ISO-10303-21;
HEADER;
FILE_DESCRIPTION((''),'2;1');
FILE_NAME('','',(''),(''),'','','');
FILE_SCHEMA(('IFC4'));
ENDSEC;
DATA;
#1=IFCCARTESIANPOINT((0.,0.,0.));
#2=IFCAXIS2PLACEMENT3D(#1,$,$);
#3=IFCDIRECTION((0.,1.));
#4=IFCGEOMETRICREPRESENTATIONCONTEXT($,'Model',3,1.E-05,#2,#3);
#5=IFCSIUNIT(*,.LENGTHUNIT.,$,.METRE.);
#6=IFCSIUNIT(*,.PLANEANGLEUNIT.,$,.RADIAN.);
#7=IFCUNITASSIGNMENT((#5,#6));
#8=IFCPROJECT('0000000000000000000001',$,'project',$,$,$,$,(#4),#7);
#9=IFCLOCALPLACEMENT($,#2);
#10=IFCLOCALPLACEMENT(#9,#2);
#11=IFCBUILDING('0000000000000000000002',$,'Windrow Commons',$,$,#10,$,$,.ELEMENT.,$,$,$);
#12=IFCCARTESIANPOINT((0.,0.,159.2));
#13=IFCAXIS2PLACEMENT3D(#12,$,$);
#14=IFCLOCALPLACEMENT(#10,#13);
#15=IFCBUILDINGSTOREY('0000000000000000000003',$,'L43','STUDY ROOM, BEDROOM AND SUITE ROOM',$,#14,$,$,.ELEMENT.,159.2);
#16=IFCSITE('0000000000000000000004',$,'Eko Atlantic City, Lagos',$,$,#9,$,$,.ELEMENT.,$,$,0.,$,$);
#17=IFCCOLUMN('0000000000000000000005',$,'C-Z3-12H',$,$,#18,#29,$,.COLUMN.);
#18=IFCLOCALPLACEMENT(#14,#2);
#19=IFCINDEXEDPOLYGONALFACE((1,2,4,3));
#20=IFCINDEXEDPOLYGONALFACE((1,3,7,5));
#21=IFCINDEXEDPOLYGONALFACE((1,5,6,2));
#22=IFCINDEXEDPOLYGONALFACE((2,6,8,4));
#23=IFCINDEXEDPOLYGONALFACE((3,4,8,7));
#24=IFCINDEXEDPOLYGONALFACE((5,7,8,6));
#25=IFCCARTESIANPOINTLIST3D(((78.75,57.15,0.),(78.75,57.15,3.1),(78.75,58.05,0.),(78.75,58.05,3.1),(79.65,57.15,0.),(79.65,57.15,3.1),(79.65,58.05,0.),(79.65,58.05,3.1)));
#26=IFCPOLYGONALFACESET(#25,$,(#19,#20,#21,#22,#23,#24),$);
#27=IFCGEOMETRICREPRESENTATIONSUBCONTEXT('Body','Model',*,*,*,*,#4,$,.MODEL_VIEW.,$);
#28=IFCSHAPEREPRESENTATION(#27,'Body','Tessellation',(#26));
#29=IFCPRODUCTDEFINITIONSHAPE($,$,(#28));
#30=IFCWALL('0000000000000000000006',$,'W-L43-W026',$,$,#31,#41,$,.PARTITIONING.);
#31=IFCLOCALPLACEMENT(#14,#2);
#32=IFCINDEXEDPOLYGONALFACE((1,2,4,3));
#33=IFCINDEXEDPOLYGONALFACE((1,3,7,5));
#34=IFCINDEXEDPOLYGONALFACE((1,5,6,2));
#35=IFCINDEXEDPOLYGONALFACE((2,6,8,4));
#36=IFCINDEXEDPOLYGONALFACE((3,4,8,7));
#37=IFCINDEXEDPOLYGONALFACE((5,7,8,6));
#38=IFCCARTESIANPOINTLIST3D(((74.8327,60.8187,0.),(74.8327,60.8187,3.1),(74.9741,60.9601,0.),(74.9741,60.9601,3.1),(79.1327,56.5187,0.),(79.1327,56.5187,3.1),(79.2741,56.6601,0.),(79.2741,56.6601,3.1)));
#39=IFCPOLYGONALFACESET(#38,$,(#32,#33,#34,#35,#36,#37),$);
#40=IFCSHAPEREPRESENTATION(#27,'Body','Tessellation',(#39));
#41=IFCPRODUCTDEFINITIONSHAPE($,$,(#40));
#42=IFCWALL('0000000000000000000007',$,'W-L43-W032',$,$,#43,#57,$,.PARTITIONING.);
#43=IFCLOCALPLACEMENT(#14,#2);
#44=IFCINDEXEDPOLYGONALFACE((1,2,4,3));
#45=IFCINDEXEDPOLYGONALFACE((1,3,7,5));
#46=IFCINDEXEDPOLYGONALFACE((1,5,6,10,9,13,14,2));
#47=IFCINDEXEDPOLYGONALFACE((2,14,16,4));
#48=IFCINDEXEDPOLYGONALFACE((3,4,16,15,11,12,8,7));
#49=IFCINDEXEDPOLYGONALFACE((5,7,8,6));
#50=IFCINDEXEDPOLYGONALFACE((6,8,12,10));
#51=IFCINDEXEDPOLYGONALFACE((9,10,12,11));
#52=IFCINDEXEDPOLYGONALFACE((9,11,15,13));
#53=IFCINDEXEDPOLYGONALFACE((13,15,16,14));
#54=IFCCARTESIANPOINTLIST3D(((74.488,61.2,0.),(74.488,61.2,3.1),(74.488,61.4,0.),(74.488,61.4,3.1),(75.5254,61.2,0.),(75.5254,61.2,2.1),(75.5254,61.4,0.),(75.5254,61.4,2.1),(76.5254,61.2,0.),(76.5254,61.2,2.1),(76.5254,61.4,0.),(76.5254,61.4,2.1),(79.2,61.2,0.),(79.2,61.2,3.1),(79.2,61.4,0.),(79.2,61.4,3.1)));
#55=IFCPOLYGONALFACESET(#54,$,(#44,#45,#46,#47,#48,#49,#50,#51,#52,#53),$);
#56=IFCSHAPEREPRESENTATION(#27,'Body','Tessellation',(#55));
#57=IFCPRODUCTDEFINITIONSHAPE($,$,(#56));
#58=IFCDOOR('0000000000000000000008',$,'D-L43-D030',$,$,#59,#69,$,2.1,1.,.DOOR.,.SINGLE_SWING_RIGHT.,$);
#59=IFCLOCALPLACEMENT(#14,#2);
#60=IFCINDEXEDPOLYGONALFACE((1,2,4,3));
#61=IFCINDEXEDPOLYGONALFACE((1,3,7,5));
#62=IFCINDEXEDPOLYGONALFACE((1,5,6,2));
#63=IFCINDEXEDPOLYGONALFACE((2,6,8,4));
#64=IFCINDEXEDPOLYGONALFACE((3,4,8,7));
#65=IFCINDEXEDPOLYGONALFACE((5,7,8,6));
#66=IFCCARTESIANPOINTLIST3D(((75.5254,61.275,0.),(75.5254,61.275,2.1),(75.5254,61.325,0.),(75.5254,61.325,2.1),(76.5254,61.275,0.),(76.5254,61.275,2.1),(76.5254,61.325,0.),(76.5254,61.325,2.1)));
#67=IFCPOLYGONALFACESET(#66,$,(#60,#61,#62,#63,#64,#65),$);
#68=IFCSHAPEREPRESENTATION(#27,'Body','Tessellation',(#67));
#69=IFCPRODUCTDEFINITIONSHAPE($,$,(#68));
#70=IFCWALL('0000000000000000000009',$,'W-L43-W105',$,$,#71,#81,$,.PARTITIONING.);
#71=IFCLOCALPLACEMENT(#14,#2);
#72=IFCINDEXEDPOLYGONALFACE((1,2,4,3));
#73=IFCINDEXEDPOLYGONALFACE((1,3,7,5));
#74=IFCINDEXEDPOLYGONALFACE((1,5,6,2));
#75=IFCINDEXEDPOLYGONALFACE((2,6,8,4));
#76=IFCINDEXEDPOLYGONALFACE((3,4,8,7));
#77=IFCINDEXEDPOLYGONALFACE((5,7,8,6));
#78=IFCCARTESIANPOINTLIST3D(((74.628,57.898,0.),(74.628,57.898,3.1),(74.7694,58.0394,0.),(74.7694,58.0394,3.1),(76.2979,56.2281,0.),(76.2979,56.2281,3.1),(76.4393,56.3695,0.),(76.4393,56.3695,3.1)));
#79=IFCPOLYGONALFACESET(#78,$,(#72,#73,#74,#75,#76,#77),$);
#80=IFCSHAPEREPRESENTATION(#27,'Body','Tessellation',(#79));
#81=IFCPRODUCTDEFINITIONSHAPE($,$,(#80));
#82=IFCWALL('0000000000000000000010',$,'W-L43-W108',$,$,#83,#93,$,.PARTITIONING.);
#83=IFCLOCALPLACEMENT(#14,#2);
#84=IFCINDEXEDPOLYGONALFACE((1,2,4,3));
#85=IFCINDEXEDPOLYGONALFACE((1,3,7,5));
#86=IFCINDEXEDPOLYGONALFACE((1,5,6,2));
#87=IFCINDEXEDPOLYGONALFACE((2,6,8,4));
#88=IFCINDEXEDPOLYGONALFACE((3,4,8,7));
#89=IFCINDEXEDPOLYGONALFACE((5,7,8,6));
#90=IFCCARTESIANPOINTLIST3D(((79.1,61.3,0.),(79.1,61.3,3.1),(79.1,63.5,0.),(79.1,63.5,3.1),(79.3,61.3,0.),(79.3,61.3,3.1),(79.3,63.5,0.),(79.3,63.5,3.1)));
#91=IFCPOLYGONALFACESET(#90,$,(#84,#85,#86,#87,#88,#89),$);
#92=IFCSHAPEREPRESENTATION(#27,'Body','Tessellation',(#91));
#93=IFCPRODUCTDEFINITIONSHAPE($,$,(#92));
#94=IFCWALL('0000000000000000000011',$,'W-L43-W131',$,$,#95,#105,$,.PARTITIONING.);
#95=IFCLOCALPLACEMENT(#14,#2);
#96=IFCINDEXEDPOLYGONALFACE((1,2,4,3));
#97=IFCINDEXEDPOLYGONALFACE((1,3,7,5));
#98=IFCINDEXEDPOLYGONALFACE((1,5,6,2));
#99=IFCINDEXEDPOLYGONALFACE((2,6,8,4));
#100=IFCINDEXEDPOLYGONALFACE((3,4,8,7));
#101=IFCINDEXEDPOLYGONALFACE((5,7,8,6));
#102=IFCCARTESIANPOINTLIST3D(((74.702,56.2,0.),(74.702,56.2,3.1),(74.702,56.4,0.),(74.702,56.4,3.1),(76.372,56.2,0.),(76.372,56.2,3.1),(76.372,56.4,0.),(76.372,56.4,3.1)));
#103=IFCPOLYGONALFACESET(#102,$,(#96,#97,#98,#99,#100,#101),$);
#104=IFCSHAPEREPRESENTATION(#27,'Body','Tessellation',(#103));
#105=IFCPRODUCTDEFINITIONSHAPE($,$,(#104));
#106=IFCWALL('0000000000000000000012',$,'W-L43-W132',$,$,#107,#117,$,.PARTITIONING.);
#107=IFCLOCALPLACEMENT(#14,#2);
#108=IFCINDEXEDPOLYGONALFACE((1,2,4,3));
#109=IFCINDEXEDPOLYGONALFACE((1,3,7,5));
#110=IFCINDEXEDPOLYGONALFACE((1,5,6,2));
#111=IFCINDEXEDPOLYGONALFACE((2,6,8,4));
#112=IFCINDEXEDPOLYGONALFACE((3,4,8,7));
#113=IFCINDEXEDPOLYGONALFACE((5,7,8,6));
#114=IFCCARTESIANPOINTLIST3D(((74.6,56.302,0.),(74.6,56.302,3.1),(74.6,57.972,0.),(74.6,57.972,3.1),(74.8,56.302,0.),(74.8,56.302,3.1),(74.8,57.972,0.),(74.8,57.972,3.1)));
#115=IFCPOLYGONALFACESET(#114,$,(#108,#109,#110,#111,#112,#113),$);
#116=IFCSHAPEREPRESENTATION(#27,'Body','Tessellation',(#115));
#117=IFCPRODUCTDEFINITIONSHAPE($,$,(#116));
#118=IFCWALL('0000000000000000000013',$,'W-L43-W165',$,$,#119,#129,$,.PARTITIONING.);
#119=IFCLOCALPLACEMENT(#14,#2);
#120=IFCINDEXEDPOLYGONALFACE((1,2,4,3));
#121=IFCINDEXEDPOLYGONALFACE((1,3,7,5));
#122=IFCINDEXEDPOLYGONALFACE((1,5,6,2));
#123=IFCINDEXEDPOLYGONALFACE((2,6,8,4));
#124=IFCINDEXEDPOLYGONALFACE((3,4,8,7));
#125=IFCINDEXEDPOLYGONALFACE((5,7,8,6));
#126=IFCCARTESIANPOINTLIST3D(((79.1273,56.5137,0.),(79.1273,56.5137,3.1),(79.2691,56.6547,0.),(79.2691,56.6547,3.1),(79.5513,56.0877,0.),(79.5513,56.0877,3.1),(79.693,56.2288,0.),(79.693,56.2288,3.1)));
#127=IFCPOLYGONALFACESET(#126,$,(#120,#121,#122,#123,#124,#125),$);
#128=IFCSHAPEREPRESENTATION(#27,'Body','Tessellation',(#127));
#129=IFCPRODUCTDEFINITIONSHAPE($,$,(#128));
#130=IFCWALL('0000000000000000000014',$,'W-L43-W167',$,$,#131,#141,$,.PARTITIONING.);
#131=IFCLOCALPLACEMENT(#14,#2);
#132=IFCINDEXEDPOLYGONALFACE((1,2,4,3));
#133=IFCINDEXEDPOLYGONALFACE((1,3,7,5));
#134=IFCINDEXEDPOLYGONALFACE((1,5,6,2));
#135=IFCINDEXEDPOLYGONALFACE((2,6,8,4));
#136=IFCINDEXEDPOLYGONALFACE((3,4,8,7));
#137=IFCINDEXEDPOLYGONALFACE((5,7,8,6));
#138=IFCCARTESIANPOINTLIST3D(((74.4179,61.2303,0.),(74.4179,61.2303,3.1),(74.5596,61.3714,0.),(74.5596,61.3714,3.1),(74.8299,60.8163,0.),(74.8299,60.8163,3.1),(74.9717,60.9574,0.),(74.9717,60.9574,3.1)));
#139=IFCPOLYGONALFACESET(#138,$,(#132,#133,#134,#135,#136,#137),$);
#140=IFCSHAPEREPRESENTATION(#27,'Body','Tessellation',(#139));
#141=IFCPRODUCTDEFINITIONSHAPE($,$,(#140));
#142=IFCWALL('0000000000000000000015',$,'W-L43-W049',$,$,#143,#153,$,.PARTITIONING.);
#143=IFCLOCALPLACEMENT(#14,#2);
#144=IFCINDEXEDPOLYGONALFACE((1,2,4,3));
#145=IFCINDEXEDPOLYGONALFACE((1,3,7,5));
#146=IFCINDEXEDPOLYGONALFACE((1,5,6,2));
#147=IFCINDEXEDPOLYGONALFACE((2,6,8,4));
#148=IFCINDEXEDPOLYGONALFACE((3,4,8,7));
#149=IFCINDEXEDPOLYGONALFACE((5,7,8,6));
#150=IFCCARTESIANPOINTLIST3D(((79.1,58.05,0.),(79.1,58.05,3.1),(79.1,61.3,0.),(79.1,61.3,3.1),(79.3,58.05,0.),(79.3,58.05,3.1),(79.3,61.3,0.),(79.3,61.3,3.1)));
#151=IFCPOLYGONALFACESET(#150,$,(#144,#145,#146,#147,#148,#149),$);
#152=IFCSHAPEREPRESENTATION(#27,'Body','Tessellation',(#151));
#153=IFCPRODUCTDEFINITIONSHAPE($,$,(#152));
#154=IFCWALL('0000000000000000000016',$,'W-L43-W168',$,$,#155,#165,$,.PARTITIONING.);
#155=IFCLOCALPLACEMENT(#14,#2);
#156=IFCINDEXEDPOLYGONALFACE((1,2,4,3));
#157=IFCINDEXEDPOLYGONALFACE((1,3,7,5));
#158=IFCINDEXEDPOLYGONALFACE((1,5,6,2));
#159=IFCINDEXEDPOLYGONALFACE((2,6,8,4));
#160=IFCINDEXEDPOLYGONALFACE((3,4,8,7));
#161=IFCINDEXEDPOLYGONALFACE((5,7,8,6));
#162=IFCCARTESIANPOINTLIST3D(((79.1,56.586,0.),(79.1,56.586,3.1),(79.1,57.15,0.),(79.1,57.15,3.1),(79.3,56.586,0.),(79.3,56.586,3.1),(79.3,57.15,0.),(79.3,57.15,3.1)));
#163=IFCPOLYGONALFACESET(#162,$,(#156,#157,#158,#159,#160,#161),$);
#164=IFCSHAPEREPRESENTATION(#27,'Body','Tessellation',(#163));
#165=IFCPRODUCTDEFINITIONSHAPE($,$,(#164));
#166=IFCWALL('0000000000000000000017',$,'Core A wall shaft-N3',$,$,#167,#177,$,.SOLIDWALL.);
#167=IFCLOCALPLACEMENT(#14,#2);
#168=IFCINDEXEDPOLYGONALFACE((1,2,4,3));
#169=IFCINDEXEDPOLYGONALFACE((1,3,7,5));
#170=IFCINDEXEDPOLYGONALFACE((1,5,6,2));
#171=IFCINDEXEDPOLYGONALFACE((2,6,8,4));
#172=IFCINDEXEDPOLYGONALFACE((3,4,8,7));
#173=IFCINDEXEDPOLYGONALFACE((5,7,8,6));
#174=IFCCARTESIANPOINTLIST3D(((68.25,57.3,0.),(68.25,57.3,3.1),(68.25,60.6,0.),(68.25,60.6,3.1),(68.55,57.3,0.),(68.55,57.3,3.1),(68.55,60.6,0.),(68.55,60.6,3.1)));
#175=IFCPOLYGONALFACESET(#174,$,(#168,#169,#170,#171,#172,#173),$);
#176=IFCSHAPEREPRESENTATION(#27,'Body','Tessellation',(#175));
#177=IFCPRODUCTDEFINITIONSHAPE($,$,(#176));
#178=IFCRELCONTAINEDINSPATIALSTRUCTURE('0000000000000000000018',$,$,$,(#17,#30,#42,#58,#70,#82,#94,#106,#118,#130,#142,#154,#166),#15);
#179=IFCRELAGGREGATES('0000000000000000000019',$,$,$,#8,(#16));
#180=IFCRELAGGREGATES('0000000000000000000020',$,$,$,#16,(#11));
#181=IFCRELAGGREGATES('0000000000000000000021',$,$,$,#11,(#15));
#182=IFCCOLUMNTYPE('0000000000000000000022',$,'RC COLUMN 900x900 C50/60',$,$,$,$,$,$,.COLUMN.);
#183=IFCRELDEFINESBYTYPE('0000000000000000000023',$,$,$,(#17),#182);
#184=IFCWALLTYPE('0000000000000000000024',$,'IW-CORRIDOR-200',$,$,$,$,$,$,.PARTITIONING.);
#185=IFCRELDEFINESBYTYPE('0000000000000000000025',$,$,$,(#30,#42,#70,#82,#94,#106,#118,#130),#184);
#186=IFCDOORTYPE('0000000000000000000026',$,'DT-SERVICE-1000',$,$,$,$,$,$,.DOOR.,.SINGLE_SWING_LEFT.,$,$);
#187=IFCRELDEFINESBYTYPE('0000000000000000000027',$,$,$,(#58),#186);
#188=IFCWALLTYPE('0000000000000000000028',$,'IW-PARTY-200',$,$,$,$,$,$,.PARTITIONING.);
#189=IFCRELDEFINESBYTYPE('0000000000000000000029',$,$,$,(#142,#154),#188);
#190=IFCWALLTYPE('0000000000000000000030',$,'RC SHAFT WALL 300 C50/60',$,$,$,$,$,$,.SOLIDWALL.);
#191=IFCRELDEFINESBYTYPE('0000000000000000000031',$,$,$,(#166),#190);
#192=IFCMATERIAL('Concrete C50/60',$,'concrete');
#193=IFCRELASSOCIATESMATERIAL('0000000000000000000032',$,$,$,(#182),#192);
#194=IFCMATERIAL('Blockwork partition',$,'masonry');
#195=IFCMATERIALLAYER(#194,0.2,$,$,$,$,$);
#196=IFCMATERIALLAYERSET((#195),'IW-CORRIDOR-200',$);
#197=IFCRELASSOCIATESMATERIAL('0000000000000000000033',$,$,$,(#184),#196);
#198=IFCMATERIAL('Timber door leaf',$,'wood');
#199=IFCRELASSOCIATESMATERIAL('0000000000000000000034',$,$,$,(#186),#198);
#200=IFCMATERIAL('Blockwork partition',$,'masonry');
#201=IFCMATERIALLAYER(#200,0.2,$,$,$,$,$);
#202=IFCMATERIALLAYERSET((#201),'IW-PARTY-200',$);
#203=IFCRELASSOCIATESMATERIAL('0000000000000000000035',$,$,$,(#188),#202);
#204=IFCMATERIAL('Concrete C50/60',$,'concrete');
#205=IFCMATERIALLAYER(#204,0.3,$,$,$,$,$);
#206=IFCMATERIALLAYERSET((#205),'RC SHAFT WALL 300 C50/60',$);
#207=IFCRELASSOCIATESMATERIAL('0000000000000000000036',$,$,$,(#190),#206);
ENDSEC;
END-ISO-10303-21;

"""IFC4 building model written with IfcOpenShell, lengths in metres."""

from ifc_helpers import new_model, si_unit, direction, frame, frame_2d, origin, origin_2d, place, context, subcontext, project, spatial, rectangle, extrude, material, layer, layer_set, material_profile, profile_set, type_object, element, fill, save


model = new_model("IFC4")

# Units and contexts
model_context = context("Model", 3, precision=1e-05, world=origin(), true_north=direction((0.0, 1.0)))
body_context = subcontext(model_context, "Body", "Model", "MODEL_VIEW")
ifc_project = project(units=[si_unit("LENGTHUNIT", "METRE"), si_unit("PLANEANGLEUNIT", "RADIAN")], contexts=[model_context])

# Site, building, storey
site_placement = place(None, origin())
site = spatial("IfcSite", under=ifc_project, at=site_placement, Name="Eko Atlantic City, Lagos", CompositionType="ELEMENT", RefElevation=0.0)
building_placement = place(site_placement, origin())
building = spatial("IfcBuilding", under=site, at=building_placement, Name="Windrow Commons", CompositionType="ELEMENT")
storey_placement = place(building_placement, frame((0.0, 0.0, 159.2)))
storey = spatial("IfcBuildingStorey", under=building, at=storey_placement, Name="L43", Description="STUDY ROOM, BEDROOM AND SUITE ROOM", CompositionType="ELEMENT", Elevation=159.2)

# Column
ifc_material_1 = material(Name="Concrete C50/60", Category="concrete")
ifc_material_profile = material_profile(ifc_material_1, rectangle(XDim=0.9, YDim=0.9, at=origin_2d()))
ifc_profile_set = profile_set([ifc_material_profile], Name="Concrete C50/60")
column_type = type_object("IfcColumnType", Name="RC COLUMN 900x900 C50/60", PredefinedType="COLUMN", material=ifc_profile_set)
column_placement = place(storey_placement, frame((79.2, 57.6, 0.0), z_axis=(0.0, 0.0, 1.0), x_axis=(1.0, 0.0, 0.0)))
element("IfcColumn", 1, at=column_placement, inside=storey, type_object=column_type, Name="C-Z3-12H", PredefinedType="COLUMN", context=body_context, shape_type="SweptSolid", body=[
    extrude(rectangle(XDim=0.9, YDim=0.9, at=origin_2d()), origin(), (0.0, 0.0, 1.0), 3.1),
])

# Wall
ifc_material_2 = material(Name="Blockwork partition", Category="masonry")
ifc_layer_1 = layer(ifc_material_2, 0.2)
ifc_layer_set_1 = layer_set([ifc_layer_1], Name="IW-CORRIDOR-200")
wall_type_1 = type_object("IfcWallType", Name="IW-CORRIDOR-200", PredefinedType="PARTITIONING", material=ifc_layer_set_1)
wall_1_placement = place(storey_placement, frame((74.9034, 60.8894, 0.0), z_axis=(0.0, 0.0, 1.0), x_axis=(0.707107, -0.707107, 0.0)))
element("IfcWall", 2, at=wall_1_placement, inside=storey, type_object=wall_type_1, Name="W-L43-W026", PredefinedType="PARTITIONING", context=body_context, shape_type="SweptSolid", body=[
    extrude(rectangle(XDim=6.0811, YDim=0.2, at=frame_2d((3.0406, 0.0))), origin(), (0.0, 0.0, 1.0), 3.1),
])

# Wall, opening, door
wall_2_placement = place(storey_placement, frame((74.488, 61.3, 0.0), z_axis=(0.0, 0.0, 1.0), x_axis=(1.0, 0.0, 0.0)))
wall_2 = element("IfcWall", 3, at=wall_2_placement, inside=storey, type_object=wall_type_1, Name="W-L43-W032", PredefinedType="PARTITIONING", context=body_context, shape_type="SweptSolid", body=[
    extrude(rectangle(XDim=4.712, YDim=0.2, at=frame_2d((2.356, 0.0))), origin(), (0.0, 0.0, 1.0), 3.1),
])
opening_placement = place(wall_2_placement, frame((1.0374, 0.0, 0.0)))
opening = element("IfcOpeningElement", 4, at=opening_placement, cuts=wall_2, PredefinedType="OPENING", context=body_context, shape_type="SweptSolid", body=[
    extrude(rectangle(XDim=1.0, YDim=2.1, at=frame_2d((0.5, 1.05))), frame((0.0, 0.11, 0.0), z_axis=(0.0, -1.0, 0.0), x_axis=(1.0, 0.0, 0.0)), (0.0, 0.0, 1.0), 0.22),
])
ifc_material_3 = material(Name="Timber door leaf", Category="wood")
door_type = type_object("IfcDoorType", Name="DT-SERVICE-1000", OperationType="SINGLE_SWING_LEFT", PredefinedType="DOOR", material=ifc_material_3)
door_placement = place(opening_placement, origin())
door = element("IfcDoor", 5, at=door_placement, inside=storey, type_object=door_type, Name="D-L43-D030", OperationType="SINGLE_SWING_RIGHT", OverallHeight=2.1, OverallWidth=1.0, PredefinedType="DOOR", context=body_context, shape_type="SweptSolid", body=[
    extrude(rectangle(XDim=1.0, YDim=2.1, at=frame_2d((0.5, 1.05))), frame((0.0, 0.025, 0.0), z_axis=(0.0, -1.0, 0.0), x_axis=(1.0, 0.0, 0.0)), (0.0, 0.0, 1.0), 0.05),
])
fill(opening, door)

# Walls
wall_3_placement = place(storey_placement, frame((74.6987, 57.9687, 0.0), z_axis=(0.0, 0.0, 1.0), x_axis=(0.707107, -0.707107, 0.0)))
element("IfcWall", 6, at=wall_3_placement, inside=storey, type_object=wall_type_1, Name="W-L43-W105", PredefinedType="PARTITIONING", context=body_context, shape_type="SweptSolid", body=[
    extrude(rectangle(XDim=2.3617, YDim=0.2, at=frame_2d((1.1808, 0.0))), origin(), (0.0, 0.0, 1.0), 3.1),
])
wall_4_placement = place(storey_placement, frame((79.2, 61.3, 0.0), z_axis=(0.0, 0.0, 1.0), x_axis=(0.0, 1.0, 0.0)))
element("IfcWall", 7, at=wall_4_placement, inside=storey, type_object=wall_type_1, Name="W-L43-W108", PredefinedType="PARTITIONING", context=body_context, shape_type="SweptSolid", body=[
    extrude(rectangle(XDim=2.2, YDim=0.2, at=frame_2d((1.1, 0.0))), origin(), (0.0, 0.0, 1.0), 3.1),
])
for number, where, z_axis, x_axis, name in (
    (8, (74.702, 56.3, 0.0), (0.0, 0.0, 1.0), (1.0, 0.0, 0.0), "W-L43-W131"),
    (9, (74.7, 56.302, 0.0), (0.0, 0.0, 1.0), (0.0, 1.0, 0.0), "W-L43-W132"),
):
    element("IfcWall", number, at=place(storey_placement, frame(where, z_axis=z_axis, x_axis=x_axis)), inside=storey, type_object=wall_type_1, Name=name, PredefinedType="PARTITIONING", context=body_context, shape_type="SweptSolid", body=[
        extrude(rectangle(XDim=1.67, YDim=0.2, at=frame_2d((0.835, 0.0))), origin(), (0.0, 0.0, 1.0), 3.1),
    ])
wall_5_placement = place(storey_placement, frame((79.1982, 56.5842, 0.0), z_axis=(0.0, 0.0, 1.0), x_axis=(0.705441, -0.708769, 0.0)))
element("IfcWall", 10, at=wall_5_placement, inside=storey, type_object=wall_type_1, Name="W-L43-W165", PredefinedType="PARTITIONING", context=body_context, shape_type="SweptSolid", body=[
    extrude(rectangle(XDim=0.601, YDim=0.2, at=frame_2d((0.3005, 0.0))), origin(), (0.0, 0.0, 1.0), 3.1),
])
wall_6_placement = place(storey_placement, frame((74.4888, 61.3008, 0.0), z_axis=(0.0, 0.0, 1.0), x_axis=(0.705393, -0.708817, 0.0)))
element("IfcWall", 11, at=wall_6_placement, inside=storey, type_object=wall_type_1, Name="W-L43-W167", PredefinedType="PARTITIONING", context=body_context, shape_type="SweptSolid", body=[
    extrude(rectangle(XDim=0.5841, YDim=0.2, at=frame_2d((0.292, 0.0))), origin(), (0.0, 0.0, 1.0), 3.1),
])
ifc_material_4 = material(Name="Blockwork partition", Category="masonry")
ifc_layer_2 = layer(ifc_material_4, 0.2)
ifc_layer_set_2 = layer_set([ifc_layer_2], Name="IW-PARTY-200")
wall_type_2 = type_object("IfcWallType", Name="IW-PARTY-200", PredefinedType="PARTITIONING", material=ifc_layer_set_2)
wall_7_placement = place(storey_placement, frame((79.2, 58.05, 0.0), z_axis=(0.0, 0.0, 1.0), x_axis=(0.0, 1.0, 0.0)))
element("IfcWall", 12, at=wall_7_placement, inside=storey, type_object=wall_type_2, Name="W-L43-W049", PredefinedType="PARTITIONING", context=body_context, shape_type="SweptSolid", body=[
    extrude(rectangle(XDim=3.25, YDim=0.2, at=frame_2d((1.625, 0.0))), origin(), (0.0, 0.0, 1.0), 3.1),
])
wall_8_placement = place(storey_placement, frame((79.2, 56.586, 0.0), z_axis=(0.0, 0.0, 1.0), x_axis=(0.0, 1.0, 0.0)))
element("IfcWall", 13, at=wall_8_placement, inside=storey, type_object=wall_type_2, Name="W-L43-W168", PredefinedType="PARTITIONING", context=body_context, shape_type="SweptSolid", body=[
    extrude(rectangle(XDim=0.564, YDim=0.2, at=frame_2d((0.282, 0.0))), origin(), (0.0, 0.0, 1.0), 3.1),
])
ifc_material_5 = material(Name="Concrete C50/60", Category="concrete")
ifc_layer_3 = layer(ifc_material_5, 0.3)
ifc_layer_set_3 = layer_set([ifc_layer_3], Name="RC SHAFT WALL 300 C50/60")
wall_type_3 = type_object("IfcWallType", Name="RC SHAFT WALL 300 C50/60", PredefinedType="SOLIDWALL", material=ifc_layer_set_3)
wall_9_placement = place(storey_placement, frame((68.4, 57.3, 0.0), z_axis=(0.0, 0.0, 1.0), x_axis=(0.0, 1.0, 0.0)))
element("IfcWall", 14, at=wall_9_placement, inside=storey, type_object=wall_type_3, Name="Core A wall shaft-N3", PredefinedType="SOLIDWALL", context=body_context, shape_type="SweptSolid", body=[
    extrude(rectangle(XDim=3.3, YDim=0.3, at=frame_2d((1.65, 0.0))), origin(), (0.0, 0.0, 1.0), 3.1),
])

save(model, "model.ifc")
